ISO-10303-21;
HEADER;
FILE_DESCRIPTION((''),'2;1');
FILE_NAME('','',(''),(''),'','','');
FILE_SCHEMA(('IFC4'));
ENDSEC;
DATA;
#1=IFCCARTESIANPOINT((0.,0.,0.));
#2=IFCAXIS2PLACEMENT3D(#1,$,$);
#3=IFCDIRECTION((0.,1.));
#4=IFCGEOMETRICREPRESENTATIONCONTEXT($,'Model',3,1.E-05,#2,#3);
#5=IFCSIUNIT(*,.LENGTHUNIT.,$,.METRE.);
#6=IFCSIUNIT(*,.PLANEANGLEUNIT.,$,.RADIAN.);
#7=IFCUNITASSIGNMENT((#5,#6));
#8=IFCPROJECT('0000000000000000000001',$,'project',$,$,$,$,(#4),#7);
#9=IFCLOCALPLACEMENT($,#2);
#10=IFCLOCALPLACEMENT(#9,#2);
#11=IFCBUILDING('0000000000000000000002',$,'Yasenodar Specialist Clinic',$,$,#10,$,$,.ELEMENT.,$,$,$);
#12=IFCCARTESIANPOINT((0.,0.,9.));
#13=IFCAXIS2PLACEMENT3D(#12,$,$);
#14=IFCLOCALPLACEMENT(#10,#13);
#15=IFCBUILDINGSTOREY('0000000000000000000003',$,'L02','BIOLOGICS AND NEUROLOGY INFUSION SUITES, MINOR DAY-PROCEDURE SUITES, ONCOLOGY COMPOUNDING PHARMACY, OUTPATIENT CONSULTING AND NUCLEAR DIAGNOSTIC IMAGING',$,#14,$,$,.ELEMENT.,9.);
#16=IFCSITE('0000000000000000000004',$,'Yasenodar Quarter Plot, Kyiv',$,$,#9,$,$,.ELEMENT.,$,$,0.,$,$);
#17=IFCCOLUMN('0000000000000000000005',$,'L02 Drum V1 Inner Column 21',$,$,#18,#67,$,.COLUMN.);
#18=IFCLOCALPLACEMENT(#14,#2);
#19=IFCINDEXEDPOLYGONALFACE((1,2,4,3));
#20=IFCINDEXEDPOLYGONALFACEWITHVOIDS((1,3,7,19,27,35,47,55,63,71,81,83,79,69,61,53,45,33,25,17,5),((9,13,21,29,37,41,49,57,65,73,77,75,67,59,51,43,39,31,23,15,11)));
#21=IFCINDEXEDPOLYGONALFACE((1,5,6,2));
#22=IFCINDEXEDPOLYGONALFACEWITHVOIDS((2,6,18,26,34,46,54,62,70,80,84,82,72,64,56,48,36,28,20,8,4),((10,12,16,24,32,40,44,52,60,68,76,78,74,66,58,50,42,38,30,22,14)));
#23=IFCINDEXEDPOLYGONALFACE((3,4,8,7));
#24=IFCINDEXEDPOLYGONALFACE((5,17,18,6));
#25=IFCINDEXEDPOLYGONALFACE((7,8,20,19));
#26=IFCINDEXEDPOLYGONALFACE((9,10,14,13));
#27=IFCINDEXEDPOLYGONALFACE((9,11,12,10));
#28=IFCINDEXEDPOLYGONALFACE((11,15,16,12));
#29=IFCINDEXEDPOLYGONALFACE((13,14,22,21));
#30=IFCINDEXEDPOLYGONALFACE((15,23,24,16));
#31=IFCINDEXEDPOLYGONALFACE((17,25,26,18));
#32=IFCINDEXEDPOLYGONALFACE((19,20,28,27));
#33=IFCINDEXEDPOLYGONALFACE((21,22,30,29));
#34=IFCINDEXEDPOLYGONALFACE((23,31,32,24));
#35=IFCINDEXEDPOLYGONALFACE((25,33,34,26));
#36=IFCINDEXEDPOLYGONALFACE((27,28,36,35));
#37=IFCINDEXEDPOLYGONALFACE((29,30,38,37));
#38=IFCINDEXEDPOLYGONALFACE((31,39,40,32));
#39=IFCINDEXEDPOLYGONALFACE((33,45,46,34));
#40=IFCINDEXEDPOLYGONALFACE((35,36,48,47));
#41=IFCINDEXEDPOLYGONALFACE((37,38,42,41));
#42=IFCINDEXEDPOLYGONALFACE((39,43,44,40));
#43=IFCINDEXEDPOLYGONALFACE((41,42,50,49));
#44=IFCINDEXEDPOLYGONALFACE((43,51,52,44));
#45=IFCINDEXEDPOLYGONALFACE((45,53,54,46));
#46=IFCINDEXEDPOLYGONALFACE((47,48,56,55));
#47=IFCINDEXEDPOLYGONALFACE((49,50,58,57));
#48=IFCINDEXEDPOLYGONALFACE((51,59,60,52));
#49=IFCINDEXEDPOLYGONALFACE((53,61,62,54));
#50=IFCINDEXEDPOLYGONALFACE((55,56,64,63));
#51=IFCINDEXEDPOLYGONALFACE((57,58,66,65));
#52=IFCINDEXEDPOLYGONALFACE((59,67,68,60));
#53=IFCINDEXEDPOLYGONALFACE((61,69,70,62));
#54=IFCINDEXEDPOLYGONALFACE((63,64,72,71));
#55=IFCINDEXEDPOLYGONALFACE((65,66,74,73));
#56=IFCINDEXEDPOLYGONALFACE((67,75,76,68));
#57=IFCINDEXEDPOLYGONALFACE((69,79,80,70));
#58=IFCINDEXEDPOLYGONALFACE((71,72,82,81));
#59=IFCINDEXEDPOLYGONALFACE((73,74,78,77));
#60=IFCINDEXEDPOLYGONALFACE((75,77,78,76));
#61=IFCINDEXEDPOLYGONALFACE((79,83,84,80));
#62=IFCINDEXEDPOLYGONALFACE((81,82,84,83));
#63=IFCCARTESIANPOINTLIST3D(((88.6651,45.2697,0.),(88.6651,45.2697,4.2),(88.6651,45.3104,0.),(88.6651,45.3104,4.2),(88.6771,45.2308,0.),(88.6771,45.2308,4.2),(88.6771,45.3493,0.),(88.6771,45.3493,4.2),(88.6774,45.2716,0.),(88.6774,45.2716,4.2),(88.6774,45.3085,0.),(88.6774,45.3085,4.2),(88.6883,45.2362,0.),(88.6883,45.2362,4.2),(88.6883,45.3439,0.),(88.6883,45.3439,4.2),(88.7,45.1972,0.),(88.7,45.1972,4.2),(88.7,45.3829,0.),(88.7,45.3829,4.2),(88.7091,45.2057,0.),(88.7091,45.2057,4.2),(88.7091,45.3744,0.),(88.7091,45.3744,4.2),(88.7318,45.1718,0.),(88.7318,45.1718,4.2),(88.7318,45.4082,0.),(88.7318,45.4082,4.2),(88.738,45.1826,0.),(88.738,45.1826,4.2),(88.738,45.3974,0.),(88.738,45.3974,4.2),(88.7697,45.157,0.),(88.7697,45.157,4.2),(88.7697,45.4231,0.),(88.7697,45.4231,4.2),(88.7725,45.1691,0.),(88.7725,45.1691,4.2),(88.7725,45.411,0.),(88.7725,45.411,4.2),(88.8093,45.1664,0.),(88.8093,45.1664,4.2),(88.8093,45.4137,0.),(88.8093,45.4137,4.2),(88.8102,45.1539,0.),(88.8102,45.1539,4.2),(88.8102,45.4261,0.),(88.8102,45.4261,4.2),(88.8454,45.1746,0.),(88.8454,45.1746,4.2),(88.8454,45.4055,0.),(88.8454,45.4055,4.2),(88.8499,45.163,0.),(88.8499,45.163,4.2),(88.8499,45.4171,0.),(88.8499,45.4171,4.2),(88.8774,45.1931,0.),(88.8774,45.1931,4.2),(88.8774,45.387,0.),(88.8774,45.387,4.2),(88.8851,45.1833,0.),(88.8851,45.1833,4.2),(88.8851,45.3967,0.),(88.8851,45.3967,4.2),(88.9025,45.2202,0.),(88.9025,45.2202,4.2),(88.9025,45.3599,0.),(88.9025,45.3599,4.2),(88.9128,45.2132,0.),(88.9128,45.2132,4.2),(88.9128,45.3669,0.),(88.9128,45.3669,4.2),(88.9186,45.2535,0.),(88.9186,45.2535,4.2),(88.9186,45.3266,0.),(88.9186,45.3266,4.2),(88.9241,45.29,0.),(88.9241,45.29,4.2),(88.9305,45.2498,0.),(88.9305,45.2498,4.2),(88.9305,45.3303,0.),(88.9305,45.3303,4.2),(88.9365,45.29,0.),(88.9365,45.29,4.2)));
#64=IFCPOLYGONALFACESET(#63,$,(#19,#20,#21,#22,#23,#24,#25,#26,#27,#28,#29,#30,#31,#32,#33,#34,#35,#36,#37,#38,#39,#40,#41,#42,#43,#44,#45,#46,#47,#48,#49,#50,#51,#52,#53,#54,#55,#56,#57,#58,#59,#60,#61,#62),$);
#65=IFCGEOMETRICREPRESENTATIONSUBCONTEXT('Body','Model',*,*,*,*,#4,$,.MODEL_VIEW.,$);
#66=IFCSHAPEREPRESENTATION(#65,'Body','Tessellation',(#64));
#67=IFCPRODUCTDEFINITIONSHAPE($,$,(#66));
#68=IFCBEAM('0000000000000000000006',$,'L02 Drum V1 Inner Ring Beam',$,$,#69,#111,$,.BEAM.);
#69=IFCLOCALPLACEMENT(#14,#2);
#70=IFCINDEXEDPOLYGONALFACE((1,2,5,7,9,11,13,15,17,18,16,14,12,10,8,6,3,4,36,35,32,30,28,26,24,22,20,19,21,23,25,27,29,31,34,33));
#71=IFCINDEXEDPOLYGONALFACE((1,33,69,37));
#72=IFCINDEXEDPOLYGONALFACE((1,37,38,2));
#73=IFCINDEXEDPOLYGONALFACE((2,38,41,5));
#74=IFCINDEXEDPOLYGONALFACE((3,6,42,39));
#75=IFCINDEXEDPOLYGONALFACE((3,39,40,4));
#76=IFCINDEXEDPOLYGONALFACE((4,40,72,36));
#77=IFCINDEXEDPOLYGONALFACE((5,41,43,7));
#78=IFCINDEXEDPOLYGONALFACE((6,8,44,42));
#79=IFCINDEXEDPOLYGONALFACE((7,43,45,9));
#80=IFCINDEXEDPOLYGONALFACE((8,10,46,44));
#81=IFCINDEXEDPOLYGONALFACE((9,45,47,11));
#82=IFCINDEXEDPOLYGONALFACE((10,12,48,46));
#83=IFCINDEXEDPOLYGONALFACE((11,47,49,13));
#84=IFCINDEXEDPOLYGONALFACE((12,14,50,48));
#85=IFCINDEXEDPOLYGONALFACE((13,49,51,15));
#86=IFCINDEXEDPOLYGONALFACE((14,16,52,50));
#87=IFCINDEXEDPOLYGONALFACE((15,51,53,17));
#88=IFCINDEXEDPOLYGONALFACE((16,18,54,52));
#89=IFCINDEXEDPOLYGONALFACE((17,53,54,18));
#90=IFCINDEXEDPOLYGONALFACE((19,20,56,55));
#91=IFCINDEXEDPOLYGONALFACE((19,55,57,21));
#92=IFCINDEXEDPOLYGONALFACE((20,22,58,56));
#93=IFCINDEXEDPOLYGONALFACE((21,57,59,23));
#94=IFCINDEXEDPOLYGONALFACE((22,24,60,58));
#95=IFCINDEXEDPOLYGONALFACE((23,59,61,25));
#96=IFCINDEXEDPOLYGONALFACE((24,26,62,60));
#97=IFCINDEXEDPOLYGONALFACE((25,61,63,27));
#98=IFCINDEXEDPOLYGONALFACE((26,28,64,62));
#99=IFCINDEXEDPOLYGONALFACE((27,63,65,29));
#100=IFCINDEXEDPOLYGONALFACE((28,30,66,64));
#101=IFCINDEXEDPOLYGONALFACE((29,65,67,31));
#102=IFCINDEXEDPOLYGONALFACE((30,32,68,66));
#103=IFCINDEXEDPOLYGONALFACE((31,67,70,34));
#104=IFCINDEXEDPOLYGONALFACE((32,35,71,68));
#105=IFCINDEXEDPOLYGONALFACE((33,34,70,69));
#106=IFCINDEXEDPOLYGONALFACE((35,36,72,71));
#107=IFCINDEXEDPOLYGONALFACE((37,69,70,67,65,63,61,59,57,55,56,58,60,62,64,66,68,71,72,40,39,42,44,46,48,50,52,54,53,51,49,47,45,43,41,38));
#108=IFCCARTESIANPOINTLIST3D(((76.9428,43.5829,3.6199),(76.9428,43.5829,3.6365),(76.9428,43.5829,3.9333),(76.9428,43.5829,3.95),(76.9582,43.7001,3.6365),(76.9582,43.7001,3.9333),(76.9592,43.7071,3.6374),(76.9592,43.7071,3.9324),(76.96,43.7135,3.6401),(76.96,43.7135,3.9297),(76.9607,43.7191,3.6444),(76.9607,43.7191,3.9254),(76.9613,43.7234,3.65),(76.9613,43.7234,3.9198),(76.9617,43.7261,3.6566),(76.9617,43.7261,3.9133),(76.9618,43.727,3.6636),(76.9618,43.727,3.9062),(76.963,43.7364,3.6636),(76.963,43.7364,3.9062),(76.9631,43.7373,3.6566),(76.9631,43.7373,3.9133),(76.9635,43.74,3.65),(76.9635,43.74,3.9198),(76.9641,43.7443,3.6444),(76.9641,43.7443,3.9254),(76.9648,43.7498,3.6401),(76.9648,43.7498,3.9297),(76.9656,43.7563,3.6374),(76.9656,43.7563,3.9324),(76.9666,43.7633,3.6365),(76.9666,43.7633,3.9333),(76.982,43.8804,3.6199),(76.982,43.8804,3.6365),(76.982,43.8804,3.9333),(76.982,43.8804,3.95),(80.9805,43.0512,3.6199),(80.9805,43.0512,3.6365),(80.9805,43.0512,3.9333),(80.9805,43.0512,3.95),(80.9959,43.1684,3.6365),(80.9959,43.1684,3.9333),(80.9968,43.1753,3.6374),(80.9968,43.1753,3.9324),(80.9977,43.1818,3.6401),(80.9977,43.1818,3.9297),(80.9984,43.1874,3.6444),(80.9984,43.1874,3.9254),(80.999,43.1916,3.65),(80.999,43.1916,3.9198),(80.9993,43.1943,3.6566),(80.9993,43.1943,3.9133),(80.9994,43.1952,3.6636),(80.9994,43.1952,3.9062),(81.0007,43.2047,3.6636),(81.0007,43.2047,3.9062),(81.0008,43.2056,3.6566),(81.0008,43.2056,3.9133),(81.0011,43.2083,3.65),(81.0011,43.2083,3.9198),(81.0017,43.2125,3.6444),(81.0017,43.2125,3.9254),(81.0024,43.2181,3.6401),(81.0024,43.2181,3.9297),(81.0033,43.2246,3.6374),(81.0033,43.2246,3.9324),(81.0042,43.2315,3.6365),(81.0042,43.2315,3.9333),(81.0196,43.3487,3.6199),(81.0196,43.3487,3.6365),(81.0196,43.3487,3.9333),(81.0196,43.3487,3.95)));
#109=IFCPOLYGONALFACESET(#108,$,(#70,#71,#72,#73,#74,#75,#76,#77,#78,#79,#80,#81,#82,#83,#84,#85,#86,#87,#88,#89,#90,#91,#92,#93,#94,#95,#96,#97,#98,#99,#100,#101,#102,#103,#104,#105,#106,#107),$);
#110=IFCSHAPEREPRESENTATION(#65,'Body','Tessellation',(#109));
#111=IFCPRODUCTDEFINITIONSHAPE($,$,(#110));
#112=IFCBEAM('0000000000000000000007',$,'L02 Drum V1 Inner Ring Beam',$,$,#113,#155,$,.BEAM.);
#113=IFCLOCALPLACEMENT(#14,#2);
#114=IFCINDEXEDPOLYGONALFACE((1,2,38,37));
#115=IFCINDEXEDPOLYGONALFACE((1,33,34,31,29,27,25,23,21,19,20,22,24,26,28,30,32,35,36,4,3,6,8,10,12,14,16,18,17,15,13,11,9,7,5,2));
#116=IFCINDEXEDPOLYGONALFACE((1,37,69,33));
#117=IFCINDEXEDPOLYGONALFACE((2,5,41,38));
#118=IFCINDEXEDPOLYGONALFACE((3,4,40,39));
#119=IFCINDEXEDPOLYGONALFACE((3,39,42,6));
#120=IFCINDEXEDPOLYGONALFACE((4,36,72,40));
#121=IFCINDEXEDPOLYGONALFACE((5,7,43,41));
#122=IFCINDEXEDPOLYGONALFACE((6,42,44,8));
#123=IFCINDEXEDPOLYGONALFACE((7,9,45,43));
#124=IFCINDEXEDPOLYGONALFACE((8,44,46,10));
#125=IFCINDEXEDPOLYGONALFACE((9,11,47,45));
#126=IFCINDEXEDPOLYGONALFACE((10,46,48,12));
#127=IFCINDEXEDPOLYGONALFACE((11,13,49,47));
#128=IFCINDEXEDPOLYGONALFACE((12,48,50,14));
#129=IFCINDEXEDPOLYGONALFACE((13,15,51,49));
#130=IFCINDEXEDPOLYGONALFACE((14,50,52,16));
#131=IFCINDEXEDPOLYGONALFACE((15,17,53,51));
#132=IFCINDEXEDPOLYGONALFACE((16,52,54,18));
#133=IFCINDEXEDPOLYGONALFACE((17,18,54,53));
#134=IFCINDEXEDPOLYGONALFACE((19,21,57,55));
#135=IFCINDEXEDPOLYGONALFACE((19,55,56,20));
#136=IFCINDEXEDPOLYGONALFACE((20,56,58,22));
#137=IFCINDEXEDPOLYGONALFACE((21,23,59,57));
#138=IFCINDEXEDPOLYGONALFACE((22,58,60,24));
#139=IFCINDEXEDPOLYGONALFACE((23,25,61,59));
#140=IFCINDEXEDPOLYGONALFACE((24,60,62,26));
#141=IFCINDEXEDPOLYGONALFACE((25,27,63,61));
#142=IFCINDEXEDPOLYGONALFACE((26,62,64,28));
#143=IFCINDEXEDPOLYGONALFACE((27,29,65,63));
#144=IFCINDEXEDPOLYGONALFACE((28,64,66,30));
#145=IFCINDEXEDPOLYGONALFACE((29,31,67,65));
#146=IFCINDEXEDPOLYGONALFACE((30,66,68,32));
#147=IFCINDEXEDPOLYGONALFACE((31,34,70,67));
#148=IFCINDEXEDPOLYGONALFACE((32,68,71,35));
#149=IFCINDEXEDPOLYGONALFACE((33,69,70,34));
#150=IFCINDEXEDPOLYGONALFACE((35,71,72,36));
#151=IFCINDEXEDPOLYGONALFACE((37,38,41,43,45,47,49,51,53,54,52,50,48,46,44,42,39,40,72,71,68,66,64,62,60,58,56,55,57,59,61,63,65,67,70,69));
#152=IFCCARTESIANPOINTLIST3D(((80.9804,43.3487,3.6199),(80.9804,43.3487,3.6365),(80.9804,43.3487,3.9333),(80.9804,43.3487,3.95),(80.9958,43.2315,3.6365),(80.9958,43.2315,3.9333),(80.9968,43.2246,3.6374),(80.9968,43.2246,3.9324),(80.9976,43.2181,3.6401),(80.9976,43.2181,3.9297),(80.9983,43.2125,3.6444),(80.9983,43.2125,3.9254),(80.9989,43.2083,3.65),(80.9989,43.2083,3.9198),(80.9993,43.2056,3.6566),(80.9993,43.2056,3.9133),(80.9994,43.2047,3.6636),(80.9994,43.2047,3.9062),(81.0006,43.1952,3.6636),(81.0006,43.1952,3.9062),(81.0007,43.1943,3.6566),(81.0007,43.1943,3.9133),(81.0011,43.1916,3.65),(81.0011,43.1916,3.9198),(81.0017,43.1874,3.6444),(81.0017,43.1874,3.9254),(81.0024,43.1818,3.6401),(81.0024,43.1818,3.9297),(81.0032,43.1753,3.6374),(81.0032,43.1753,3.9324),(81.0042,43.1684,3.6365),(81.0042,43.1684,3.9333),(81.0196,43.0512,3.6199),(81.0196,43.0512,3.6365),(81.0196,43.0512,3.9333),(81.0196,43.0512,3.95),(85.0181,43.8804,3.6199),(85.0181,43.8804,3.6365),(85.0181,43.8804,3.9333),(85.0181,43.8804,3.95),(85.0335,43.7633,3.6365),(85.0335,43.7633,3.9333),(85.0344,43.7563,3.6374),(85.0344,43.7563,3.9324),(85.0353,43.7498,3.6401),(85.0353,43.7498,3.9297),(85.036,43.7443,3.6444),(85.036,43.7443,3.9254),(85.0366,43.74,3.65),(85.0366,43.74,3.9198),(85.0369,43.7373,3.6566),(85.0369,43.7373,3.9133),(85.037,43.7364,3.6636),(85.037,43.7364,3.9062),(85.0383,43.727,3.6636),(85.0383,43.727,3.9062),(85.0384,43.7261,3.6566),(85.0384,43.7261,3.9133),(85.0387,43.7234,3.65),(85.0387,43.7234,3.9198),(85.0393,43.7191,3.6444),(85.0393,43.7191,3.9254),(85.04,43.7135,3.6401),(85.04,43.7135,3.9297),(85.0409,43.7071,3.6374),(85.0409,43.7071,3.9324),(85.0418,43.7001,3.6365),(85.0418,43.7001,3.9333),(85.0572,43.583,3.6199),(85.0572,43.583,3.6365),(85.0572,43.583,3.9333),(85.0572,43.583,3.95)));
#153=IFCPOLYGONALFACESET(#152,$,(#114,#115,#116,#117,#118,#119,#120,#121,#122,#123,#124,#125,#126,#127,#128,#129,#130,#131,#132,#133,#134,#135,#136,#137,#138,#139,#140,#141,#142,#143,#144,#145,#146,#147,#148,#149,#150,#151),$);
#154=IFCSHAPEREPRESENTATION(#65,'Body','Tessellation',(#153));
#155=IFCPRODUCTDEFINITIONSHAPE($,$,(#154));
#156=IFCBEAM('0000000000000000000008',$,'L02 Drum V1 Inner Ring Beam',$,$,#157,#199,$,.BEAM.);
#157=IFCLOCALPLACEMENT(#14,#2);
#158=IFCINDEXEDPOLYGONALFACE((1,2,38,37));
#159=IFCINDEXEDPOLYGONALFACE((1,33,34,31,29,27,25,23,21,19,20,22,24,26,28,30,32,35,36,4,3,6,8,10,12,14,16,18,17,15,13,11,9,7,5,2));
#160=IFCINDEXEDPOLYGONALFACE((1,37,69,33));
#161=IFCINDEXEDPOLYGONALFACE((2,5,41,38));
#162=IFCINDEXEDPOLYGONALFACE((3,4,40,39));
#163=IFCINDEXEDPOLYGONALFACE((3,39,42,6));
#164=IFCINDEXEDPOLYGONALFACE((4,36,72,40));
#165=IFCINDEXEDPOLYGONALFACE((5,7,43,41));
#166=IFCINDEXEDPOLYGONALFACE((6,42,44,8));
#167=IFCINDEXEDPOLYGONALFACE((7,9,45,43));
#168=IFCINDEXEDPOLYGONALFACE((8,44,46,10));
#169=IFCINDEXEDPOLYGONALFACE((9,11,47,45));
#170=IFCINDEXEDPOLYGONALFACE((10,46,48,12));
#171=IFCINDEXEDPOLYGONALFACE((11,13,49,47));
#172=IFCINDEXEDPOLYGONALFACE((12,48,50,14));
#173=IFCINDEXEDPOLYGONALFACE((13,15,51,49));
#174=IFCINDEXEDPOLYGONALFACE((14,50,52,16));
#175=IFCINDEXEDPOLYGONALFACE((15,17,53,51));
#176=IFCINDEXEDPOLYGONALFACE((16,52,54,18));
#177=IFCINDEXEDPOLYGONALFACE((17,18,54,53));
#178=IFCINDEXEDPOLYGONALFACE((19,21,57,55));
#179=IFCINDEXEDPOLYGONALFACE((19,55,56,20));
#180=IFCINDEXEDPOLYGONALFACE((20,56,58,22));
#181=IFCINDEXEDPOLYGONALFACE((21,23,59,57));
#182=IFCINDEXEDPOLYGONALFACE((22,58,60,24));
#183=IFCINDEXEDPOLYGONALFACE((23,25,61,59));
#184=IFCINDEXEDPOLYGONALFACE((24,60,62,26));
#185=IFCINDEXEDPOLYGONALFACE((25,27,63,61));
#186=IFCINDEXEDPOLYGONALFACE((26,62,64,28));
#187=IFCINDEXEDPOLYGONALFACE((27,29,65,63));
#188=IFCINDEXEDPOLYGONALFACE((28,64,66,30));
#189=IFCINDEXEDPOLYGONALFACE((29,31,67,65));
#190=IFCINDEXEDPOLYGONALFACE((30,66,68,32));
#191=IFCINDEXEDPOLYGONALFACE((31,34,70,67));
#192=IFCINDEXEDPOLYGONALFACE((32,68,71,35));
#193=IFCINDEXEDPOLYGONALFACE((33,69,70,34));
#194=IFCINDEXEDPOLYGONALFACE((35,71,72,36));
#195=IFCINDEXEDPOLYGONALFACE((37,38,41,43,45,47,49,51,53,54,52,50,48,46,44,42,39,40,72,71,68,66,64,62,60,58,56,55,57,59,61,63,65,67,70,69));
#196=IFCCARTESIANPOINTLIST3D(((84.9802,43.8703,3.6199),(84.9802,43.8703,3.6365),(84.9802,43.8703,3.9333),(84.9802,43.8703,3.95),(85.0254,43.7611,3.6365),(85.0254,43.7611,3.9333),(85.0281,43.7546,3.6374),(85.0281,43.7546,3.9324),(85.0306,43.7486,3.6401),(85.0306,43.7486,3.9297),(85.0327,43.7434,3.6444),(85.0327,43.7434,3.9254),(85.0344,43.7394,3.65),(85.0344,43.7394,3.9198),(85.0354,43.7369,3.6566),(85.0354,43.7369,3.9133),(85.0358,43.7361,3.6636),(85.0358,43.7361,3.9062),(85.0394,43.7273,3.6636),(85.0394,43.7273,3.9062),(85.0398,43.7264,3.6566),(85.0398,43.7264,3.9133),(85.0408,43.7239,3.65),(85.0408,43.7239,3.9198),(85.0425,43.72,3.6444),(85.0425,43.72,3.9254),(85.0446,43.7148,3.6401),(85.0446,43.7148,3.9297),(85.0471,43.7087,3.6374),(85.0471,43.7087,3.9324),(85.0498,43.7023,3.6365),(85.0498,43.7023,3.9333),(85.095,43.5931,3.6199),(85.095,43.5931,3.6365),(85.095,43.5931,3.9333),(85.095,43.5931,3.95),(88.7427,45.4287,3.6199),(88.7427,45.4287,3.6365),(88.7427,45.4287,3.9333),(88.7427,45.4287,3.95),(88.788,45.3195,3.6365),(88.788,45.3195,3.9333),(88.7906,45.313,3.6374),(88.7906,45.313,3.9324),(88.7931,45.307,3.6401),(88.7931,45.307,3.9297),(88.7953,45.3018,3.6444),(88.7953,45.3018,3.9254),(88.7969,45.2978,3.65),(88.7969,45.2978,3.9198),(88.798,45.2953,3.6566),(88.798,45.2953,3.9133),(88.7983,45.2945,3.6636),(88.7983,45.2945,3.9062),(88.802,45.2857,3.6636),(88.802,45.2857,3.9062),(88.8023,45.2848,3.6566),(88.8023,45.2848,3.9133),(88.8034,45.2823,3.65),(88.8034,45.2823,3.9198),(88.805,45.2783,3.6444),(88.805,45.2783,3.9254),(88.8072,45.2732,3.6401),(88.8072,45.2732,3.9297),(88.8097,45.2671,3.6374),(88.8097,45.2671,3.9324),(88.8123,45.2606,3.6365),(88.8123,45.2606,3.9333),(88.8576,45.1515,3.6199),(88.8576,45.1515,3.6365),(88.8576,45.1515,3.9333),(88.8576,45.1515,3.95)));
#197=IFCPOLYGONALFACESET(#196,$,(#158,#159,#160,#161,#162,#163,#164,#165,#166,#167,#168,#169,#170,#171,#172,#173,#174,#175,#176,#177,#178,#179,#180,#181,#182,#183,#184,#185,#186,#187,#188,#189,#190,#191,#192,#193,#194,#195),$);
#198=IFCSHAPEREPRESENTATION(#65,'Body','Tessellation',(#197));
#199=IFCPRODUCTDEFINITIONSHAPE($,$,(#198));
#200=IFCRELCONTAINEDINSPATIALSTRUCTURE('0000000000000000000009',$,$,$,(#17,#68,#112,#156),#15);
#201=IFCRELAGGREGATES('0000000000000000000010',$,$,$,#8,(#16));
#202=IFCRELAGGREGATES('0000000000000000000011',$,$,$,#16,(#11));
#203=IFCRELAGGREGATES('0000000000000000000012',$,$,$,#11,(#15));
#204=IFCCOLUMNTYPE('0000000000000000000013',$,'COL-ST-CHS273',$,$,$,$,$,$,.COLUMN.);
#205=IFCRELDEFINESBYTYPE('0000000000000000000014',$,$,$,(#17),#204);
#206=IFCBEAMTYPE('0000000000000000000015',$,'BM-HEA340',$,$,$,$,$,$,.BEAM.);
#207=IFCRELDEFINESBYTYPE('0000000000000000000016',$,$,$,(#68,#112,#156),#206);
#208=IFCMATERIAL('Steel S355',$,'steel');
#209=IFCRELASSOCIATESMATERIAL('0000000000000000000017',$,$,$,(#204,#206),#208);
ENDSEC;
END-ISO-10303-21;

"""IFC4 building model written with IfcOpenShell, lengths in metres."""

from ifc_helpers import new_model, si_unit, direction, frame, origin, origin_2d, place, context, subcontext, project, spatial, hollow_circle, i_section, extrude, material, material_profile, profile_set, type_object, element, save


model = new_model("IFC4")

# Units and contexts
model_context = context("Model", 3, precision=1e-05, world=origin(), true_north=direction((0.0, 1.0)))
body_context = subcontext(model_context, "Body", "Model", "MODEL_VIEW")
ifc_project = project(units=[si_unit("LENGTHUNIT", "METRE"), si_unit("PLANEANGLEUNIT", "RADIAN")], contexts=[model_context])

# Site, building, storey
site_placement = place(None, origin())
site = spatial("IfcSite", under=ifc_project, at=site_placement, Name="Yasenodar Quarter Plot, Kyiv", CompositionType="ELEMENT", RefElevation=0.0)
building_placement = place(site_placement, origin())
building = spatial("IfcBuilding", under=site, at=building_placement, Name="Yasenodar Specialist Clinic", CompositionType="ELEMENT")
storey_placement = place(building_placement, frame((0.0, 0.0, 9.0)))
storey = spatial("IfcBuildingStorey", under=building, at=storey_placement, Name="L02", Description="BIOLOGICS AND NEUROLOGY INFUSION SUITES, MINOR DAY-PROCEDURE SUITES, ONCOLOGY COMPOUNDING PHARMACY, OUTPATIENT CONSULTING AND NUCLEAR DIAGNOSTIC IMAGING", CompositionType="ELEMENT", Elevation=9.0)

# Column
ifc_material_1 = material(Name="Steel S355", Category="steel")
ifc_material_profile_1 = material_profile(ifc_material_1, hollow_circle(Radius=0.1365, WallThickness=0.0125, at=origin_2d()), Name="CHS 273x12.5")
ifc_profile_set_1 = profile_set([ifc_material_profile_1], Name="Steel S355")
column_type = type_object("IfcColumnType", Name="COL-ST-CHS273", PredefinedType="COLUMN", material=ifc_profile_set_1)
for number, where, z_axis, x_axis, name in (
    (1, (88.8, 45.29, 0.0), (0.0, 0.0, 1.0), (1.0, 0.0, 0.0), "L02 Drum V1 Inner Column 21"),
):
    element("IfcColumn", number, at=place(storey_placement, frame(where, z_axis=z_axis, x_axis=x_axis)), inside=storey, type_object=column_type, Name=name, PredefinedType="COLUMN", context=body_context, shape_type="SweptSolid", body=[
        extrude(hollow_circle(Radius=0.1365, WallThickness=0.0125, at=origin_2d()), origin(), (0.0, 0.0, 1.0), 4.2),
    ])

# Beams
ifc_material_profile_2 = material_profile(ifc_material_1, i_section(OverallWidth=0.3, OverallDepth=0.3301, WebThickness=0.0095, FlangeThickness=0.0166, FilletRadius=0.0271, at=origin_2d()), Name="HEA 340")
ifc_profile_set_2 = profile_set([ifc_material_profile_2], Name="Steel S355")
beam_type_1 = type_object("IfcBeamType", Name="BM-HEA340", PredefinedType="BEAM", material=ifc_profile_set_2)
for number, where, z_axis, x_axis, name in (
    (2, (76.9624, 43.7317, 3.7849), (0.991439, -0.130569, 0.0), (0.130569, 0.991439, 0.0), "L02 Drum V1 Inner Ring Beam"),
    (3, (81.0, 43.2, 3.7849), (0.991439, 0.130569, 0.0), (-0.130569, 0.991439, 0.0), "L02 Drum V1 Inner Ring Beam"),
    (4, (85.0376, 43.7317, 3.7849), (0.923889, 0.382661, 0.0), (-0.382661, 0.923889, 0.0), "L02 Drum V1 Inner Ring Beam"),
):
    element("IfcBeam", number, at=place(storey_placement, frame(where, z_axis=z_axis, x_axis=x_axis)), inside=storey, type_object=beam_type_1, Name=name, PredefinedType="BEAM", context=body_context, shape_type="SweptSolid", body=[
        extrude(i_section(OverallWidth=0.3, OverallDepth=0.3301, WebThickness=0.0095, FlangeThickness=0.0166, FilletRadius=0.0271, at=origin_2d()), origin(), (0.0, 0.0, 1.0), 4.0725),
    ])

save(model, "model.ifc")
